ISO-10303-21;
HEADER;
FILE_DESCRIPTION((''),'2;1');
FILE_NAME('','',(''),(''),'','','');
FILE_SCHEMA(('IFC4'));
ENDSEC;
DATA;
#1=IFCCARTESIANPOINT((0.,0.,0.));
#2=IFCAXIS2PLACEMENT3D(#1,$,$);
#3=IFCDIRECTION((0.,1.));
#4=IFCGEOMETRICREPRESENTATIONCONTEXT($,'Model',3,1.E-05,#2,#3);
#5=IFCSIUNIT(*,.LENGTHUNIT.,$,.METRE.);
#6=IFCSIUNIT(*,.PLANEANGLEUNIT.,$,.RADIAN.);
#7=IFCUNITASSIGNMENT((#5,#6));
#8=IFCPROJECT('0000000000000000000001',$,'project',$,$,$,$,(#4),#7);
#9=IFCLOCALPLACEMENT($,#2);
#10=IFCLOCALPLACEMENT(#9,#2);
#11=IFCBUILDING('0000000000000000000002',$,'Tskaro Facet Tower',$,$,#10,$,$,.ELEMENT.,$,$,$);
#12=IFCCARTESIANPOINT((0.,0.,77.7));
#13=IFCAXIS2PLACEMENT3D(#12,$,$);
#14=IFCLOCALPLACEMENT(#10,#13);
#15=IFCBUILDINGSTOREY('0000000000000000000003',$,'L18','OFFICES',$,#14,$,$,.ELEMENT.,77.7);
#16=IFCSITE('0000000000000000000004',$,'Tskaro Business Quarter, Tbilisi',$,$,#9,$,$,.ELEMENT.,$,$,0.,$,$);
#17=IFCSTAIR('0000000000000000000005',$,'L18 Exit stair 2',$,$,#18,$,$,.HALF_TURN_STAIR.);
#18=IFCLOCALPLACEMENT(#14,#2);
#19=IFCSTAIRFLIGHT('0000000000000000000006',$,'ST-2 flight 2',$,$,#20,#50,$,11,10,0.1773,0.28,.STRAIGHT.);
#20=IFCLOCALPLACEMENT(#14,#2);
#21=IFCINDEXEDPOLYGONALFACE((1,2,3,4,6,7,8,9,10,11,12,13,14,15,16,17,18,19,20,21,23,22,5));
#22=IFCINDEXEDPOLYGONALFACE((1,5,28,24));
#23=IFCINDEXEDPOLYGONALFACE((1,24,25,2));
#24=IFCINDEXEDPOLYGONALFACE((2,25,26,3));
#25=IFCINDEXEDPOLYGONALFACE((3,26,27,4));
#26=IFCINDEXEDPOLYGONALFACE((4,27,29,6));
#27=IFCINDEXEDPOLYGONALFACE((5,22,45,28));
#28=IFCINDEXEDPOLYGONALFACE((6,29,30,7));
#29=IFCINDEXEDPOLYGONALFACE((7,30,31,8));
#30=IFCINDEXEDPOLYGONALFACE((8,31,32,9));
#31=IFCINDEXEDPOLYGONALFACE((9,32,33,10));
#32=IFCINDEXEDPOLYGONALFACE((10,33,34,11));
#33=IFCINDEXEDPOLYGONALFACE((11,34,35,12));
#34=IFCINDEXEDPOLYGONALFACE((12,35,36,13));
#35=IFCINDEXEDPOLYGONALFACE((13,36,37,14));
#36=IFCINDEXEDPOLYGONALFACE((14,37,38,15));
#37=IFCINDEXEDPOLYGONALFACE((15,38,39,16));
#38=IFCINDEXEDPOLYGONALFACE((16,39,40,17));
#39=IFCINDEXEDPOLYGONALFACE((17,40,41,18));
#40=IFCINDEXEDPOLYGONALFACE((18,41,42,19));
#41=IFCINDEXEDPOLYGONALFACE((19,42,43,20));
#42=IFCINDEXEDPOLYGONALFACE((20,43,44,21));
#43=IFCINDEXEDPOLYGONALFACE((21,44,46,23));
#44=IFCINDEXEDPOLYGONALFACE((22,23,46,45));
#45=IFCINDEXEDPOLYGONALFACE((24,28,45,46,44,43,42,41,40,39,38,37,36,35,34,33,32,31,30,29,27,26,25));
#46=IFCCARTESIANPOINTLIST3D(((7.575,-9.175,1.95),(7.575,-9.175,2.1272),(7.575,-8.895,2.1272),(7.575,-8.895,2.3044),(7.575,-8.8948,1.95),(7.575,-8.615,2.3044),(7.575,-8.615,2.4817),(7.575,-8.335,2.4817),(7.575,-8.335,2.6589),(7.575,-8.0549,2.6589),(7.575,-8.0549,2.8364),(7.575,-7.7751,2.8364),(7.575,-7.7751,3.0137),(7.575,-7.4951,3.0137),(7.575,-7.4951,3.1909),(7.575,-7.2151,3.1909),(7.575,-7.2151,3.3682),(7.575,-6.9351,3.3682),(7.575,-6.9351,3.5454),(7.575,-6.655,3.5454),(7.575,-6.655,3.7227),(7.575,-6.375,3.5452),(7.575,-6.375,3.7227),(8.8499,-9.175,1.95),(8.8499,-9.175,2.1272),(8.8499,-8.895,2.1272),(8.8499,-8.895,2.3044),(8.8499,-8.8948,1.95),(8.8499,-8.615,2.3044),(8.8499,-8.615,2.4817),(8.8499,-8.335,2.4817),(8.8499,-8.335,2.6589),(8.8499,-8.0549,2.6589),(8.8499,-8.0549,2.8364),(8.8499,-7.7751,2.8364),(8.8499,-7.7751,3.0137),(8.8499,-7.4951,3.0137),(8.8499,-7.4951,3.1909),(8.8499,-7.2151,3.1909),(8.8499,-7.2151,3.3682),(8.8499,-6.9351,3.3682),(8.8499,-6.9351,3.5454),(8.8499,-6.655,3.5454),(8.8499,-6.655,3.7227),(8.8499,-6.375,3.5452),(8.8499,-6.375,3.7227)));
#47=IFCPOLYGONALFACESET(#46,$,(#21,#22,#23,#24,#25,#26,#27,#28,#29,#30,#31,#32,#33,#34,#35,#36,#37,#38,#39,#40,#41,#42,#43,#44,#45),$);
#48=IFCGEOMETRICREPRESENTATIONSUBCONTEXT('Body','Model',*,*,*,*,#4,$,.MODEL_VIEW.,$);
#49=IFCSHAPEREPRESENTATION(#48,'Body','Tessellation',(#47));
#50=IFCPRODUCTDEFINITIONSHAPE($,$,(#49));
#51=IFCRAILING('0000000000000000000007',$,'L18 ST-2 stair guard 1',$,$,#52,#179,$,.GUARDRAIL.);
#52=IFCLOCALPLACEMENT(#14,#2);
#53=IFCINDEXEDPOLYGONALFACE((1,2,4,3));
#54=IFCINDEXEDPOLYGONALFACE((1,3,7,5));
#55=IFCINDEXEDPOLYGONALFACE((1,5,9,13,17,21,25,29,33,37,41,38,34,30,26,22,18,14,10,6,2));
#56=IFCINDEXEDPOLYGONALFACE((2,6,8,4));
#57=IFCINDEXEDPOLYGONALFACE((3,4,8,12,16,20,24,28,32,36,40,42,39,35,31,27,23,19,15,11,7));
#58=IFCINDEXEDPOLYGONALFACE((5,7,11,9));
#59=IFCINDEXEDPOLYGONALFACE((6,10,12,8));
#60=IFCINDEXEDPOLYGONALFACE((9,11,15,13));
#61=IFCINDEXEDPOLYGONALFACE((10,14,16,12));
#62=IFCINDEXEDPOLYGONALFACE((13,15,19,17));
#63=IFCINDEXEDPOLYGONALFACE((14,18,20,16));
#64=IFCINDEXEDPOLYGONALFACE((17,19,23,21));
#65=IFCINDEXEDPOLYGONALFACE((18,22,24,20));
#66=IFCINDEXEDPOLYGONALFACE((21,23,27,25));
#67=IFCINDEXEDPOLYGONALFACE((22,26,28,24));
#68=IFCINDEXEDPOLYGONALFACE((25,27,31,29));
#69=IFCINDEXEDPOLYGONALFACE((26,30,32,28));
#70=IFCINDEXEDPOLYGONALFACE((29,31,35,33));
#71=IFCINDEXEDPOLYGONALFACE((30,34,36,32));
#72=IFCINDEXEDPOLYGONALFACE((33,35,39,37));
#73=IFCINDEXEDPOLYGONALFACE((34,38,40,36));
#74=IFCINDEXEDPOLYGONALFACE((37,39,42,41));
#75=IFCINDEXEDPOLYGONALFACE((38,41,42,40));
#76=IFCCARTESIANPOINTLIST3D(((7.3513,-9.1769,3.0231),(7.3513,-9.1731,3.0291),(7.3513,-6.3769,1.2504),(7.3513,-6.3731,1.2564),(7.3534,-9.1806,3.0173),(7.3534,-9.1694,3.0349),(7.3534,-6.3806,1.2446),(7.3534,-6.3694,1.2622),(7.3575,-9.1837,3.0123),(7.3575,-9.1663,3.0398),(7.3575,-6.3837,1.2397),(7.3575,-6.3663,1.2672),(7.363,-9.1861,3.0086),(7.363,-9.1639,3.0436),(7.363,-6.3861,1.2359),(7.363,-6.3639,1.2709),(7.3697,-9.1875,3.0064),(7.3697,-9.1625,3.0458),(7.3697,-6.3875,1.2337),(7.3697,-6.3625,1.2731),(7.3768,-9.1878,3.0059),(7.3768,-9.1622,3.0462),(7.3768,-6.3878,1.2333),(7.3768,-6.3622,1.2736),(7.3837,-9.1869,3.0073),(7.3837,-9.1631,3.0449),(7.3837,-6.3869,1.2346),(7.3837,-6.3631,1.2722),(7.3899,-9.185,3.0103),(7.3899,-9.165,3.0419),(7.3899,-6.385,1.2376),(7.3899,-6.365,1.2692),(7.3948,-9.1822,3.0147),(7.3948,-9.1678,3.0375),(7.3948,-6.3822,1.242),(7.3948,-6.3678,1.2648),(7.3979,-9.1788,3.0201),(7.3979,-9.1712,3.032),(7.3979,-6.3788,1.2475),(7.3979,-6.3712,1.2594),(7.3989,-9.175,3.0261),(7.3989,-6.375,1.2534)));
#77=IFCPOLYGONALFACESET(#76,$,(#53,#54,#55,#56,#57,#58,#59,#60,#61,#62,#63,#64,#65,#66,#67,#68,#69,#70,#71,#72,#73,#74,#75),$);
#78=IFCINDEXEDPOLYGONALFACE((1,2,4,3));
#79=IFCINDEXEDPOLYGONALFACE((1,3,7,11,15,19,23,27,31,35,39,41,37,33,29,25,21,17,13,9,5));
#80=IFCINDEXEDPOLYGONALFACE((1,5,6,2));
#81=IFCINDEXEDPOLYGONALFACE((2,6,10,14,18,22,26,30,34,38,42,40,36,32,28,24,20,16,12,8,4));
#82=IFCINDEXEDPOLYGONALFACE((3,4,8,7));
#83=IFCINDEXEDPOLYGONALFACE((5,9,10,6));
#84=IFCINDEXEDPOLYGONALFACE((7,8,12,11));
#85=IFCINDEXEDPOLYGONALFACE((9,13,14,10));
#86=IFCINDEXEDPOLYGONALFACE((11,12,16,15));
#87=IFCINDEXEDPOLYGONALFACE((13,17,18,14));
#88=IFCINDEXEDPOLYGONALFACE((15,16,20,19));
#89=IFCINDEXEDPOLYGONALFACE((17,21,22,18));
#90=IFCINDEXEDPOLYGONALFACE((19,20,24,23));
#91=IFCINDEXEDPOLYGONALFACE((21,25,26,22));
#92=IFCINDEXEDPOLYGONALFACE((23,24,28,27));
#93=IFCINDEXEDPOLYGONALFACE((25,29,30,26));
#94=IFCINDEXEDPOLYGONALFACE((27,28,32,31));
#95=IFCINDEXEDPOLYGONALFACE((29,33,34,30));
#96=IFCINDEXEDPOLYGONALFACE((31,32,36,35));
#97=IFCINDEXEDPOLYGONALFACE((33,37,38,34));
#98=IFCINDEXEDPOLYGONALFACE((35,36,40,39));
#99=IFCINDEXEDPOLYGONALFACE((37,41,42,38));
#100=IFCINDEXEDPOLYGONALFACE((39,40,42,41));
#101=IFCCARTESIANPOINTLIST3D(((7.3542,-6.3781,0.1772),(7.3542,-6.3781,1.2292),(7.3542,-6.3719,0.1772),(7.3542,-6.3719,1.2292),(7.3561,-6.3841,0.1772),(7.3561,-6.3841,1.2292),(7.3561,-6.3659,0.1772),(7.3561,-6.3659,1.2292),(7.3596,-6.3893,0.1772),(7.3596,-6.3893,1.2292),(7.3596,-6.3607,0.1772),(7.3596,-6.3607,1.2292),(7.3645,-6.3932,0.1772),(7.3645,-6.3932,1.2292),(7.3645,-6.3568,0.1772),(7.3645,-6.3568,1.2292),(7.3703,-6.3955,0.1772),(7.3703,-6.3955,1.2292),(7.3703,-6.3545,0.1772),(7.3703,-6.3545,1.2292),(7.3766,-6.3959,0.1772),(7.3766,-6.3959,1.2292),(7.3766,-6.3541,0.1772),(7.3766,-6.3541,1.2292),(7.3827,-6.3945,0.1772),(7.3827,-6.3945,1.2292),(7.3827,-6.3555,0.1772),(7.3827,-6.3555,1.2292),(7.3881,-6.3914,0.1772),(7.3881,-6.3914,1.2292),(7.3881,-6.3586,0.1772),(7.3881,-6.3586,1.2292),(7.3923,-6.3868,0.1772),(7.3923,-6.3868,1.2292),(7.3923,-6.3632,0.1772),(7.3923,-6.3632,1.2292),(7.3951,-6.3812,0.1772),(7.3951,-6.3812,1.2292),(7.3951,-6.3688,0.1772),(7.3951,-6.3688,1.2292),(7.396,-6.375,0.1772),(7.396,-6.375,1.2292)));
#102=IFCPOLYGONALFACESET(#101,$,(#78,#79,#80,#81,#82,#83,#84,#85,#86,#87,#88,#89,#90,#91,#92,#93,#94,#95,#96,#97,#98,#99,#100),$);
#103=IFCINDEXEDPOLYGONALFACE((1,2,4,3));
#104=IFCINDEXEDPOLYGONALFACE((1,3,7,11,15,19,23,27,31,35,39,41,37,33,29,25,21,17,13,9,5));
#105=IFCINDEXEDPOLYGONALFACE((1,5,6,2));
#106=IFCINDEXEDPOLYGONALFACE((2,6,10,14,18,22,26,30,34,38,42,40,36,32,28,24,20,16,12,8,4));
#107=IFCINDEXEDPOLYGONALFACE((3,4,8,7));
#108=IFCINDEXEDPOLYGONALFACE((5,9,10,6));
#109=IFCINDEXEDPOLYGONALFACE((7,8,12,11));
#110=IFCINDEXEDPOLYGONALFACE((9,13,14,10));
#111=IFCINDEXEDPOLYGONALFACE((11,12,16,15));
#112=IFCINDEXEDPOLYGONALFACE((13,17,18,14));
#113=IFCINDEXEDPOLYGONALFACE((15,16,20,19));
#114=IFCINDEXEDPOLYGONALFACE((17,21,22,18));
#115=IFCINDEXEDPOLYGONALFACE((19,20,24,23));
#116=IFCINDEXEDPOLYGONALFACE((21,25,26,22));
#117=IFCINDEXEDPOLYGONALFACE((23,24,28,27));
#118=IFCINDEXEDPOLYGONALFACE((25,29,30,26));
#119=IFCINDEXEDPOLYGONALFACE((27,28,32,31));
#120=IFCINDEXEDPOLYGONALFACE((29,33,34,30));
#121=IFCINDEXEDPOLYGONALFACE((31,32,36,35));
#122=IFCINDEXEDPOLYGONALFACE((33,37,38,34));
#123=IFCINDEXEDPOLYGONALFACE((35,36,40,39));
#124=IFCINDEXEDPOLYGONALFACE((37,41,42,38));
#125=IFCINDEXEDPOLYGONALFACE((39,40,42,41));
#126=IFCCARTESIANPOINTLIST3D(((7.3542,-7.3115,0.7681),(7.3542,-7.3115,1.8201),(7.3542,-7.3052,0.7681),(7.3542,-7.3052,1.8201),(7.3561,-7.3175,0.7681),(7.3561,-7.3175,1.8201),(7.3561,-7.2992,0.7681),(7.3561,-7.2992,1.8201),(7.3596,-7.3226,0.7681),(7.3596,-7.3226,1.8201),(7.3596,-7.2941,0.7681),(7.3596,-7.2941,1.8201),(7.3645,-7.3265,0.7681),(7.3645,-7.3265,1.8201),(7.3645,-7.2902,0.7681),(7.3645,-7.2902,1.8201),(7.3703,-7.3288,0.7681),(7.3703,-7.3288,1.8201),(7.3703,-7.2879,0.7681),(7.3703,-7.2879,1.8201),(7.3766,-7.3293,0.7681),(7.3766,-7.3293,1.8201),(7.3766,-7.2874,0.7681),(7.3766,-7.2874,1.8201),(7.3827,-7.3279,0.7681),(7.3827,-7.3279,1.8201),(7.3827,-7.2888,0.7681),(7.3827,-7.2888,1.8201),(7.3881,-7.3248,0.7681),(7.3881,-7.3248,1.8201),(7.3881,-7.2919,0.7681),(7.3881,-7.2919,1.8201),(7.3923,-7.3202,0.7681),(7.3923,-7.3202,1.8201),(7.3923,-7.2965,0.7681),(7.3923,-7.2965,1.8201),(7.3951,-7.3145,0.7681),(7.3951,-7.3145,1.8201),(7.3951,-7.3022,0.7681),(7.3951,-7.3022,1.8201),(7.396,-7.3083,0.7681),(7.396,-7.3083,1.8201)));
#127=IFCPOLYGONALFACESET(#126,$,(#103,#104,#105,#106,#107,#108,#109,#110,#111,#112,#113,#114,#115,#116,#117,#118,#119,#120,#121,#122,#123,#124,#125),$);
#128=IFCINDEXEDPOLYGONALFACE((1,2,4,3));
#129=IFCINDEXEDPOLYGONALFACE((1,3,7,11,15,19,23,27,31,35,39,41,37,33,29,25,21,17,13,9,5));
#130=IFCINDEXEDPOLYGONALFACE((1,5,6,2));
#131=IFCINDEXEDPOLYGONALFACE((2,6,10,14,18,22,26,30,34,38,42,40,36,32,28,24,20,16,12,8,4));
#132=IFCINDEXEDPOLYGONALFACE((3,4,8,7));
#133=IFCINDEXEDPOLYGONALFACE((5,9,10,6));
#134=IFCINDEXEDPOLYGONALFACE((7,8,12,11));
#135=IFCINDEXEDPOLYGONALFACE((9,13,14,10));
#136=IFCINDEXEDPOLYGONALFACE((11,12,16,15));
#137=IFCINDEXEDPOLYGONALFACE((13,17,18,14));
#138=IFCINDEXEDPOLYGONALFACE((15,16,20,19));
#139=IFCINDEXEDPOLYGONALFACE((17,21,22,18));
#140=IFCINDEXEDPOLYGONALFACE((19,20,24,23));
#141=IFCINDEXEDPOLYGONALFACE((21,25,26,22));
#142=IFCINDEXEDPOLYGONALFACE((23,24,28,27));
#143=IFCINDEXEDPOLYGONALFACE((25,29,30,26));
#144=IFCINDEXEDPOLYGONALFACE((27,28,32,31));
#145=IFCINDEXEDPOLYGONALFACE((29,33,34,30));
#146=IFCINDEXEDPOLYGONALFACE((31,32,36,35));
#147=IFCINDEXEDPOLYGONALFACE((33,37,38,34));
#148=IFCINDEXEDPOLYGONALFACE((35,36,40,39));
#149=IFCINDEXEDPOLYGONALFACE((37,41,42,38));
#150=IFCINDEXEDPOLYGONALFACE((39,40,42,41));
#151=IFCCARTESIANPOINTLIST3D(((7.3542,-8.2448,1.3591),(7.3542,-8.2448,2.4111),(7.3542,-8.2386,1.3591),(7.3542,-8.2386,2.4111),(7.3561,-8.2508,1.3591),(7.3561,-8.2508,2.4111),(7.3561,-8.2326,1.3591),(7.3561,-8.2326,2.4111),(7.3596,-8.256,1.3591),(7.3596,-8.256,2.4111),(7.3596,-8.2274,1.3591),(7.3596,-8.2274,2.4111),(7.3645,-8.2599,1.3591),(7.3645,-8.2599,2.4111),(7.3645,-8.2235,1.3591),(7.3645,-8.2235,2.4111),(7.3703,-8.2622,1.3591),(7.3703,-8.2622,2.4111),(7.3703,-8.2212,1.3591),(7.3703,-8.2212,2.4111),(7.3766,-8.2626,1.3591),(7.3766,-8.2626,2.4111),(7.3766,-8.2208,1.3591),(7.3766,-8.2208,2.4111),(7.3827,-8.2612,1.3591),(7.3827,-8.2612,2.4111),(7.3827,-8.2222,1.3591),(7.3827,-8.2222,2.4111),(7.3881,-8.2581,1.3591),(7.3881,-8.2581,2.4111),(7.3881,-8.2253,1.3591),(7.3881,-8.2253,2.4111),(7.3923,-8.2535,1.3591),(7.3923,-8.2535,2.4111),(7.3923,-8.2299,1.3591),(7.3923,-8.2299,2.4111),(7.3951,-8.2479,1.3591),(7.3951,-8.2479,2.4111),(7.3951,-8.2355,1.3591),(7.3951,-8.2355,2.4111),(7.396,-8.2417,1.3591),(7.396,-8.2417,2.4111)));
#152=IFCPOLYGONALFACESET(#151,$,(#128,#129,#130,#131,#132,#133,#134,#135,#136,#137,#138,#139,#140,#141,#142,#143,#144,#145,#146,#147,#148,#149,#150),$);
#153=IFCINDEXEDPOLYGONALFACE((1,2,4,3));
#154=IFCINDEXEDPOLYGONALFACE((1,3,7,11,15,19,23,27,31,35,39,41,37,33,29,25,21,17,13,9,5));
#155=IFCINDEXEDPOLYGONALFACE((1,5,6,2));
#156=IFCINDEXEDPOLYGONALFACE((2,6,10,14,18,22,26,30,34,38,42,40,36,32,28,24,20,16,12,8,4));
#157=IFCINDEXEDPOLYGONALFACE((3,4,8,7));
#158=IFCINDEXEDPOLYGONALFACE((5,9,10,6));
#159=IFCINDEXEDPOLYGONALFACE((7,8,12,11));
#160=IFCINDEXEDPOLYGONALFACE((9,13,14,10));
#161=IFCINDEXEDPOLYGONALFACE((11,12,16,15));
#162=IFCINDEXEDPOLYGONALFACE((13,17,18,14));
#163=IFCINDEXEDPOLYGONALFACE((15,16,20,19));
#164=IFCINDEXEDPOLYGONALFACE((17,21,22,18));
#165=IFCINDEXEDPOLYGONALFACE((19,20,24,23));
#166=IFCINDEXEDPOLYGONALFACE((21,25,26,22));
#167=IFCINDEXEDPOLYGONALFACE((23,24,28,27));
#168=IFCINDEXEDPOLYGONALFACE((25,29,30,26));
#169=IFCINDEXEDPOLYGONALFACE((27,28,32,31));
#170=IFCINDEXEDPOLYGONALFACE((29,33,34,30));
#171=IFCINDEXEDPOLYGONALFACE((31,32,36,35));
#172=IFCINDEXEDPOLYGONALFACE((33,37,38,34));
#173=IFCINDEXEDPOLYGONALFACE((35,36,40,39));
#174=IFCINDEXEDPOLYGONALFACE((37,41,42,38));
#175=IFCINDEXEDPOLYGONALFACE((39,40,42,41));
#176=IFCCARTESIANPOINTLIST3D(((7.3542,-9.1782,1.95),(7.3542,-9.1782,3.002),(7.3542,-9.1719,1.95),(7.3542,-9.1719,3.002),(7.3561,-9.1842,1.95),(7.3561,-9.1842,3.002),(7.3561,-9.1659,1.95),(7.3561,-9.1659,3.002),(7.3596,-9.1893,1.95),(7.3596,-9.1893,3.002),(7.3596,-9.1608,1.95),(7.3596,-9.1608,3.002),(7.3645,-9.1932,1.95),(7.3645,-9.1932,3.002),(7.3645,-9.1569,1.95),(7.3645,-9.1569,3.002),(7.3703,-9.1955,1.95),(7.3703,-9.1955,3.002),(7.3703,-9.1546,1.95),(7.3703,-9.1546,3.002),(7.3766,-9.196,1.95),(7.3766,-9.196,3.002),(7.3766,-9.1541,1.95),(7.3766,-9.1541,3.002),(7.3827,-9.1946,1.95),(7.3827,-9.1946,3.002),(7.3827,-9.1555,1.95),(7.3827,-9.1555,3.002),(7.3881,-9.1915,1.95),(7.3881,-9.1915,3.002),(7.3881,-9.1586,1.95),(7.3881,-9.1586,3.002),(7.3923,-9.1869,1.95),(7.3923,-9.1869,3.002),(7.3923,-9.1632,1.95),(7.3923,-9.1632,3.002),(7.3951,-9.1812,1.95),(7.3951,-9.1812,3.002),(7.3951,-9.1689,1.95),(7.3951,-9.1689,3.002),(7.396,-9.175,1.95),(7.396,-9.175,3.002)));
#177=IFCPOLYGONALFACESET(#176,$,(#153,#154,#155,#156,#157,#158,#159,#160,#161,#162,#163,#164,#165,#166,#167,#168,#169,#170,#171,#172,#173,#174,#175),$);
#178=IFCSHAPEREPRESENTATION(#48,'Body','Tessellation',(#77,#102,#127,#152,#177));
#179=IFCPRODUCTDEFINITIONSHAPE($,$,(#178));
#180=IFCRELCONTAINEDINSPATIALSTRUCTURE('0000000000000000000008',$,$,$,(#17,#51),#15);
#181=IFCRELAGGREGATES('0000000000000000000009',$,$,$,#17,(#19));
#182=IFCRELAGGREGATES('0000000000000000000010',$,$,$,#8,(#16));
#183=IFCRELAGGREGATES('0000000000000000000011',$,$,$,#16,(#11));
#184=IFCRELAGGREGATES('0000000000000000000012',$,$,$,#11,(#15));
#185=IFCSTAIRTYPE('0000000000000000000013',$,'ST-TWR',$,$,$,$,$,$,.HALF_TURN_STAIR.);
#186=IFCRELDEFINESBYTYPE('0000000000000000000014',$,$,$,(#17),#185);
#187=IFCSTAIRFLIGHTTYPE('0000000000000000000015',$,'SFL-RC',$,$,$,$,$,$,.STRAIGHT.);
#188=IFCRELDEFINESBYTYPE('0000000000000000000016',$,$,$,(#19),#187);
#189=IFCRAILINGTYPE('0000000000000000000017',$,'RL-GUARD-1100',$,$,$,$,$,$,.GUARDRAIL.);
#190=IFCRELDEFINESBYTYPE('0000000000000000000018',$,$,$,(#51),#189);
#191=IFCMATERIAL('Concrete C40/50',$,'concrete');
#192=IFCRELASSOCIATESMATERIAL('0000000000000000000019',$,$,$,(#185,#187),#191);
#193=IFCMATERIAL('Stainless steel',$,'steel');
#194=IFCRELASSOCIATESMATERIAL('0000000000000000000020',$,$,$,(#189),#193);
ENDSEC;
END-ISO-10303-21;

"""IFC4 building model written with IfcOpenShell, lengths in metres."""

from ifc_helpers import new_model, si_unit, direction, frame, origin, origin_2d, place, context, subcontext, project, spatial, polyline, circle, outline, extrude, material, type_object, element, aggregate, save


model = new_model("IFC4")

# Units and contexts
model_context = context("Model", 3, precision=1e-05, world=origin(), true_north=direction((0.0, 1.0)))
body_context = subcontext(model_context, "Body", "Model", "MODEL_VIEW")
ifc_project = project(units=[si_unit("LENGTHUNIT", "METRE"), si_unit("PLANEANGLEUNIT", "RADIAN")], contexts=[model_context])

# Site, building, storey
site_placement = place(None, origin())
site = spatial("IfcSite", under=ifc_project, at=site_placement, Name="Tskaro Business Quarter, Tbilisi", CompositionType="ELEMENT", RefElevation=0.0)
building_placement = place(site_placement, origin())
building = spatial("IfcBuilding", under=site, at=building_placement, Name="Tskaro Facet Tower", CompositionType="ELEMENT")
storey_placement = place(building_placement, frame((0.0, 0.0, 77.7)))
storey = spatial("IfcBuildingStorey", under=building, at=storey_placement, Name="L18", Description="OFFICES", CompositionType="ELEMENT", Elevation=77.7)

# Shared definitions
ifc_material_1 = material(Name="Concrete C40/50", Category="concrete")

# Stair, stair flight
stair_type = type_object("IfcStairType", Name="ST-TWR", PredefinedType="HALF_TURN_STAIR", material=ifc_material_1)
stair_placement = place(storey_placement, origin())
stair = element("IfcStair", 1, at=stair_placement, inside=storey, type_object=stair_type, Name="L18 Exit stair 2", PredefinedType="HALF_TURN_STAIR")
stair_flight_type = type_object("IfcStairFlightType", Name="SFL-RC", PredefinedType="STRAIGHT", material=ifc_material_1)
stair_flight_1_placement = place(storey_placement, frame((8.2124, -9.175, 1.95), z_axis=(0.0, 0.0, 1.0), x_axis=(0.0, 1.0, 0.0)))
stair_flight_1 = element("IfcStairFlight", 2, at=stair_flight_1_placement, type_object=stair_flight_type, Name="ST-2 flight 2", NumberOfRisers=11, NumberOfTreads=10, PredefinedType="STRAIGHT", RiserHeight=0.1773, TreadLength=0.28, context=body_context, shape_type="SweptSolid", body=[
    extrude(outline(polyline([(0.0, 0.0), (0.0, 0.1772), (0.28, 0.1772), (0.28, 0.3545), (0.5601, 0.3545), (0.5601, 0.5317), (0.8401, 0.5317), (0.8401, 0.709), (1.1201, 0.709), (1.1201, 0.8865), (1.3999, 0.8865), (1.3999, 1.0637), (1.6799, 1.0637), (1.6799, 1.241), (1.96, 1.241), (1.96, 1.4182), (2.24, 1.4182), (2.24, 1.5955), (2.52, 1.5955), (2.52, 1.7727), (2.8, 1.7727), (2.8, 1.95), (2.8, 1.5952), (0.2803, 0.0), (0.0, 0.0)])), frame((0.0, 0.6375, 0.0), z_axis=(0.0, -1.0, 0.0), x_axis=(1.0, 0.0, 0.0)), (0.0, 0.0, 1.0), 1.2749),
])
aggregate(stair, [stair_flight_1])

# Railing
ifc_material_2 = material(Name="Stainless steel", Category="steel")
railing_type_1 = type_object("IfcRailingType", Name="RL-GUARD-1100", PredefinedType="GUARDRAIL", material=ifc_material_2)
railing_1_placement = place(storey_placement, frame((7.375, -6.375, 0.1772)))
element("IfcRailing", 3, at=railing_1_placement, inside=storey, type_object=railing_type_1, Name="L18 ST-2 stair guard 1", PredefinedType="GUARDRAIL", context=body_context, shape_type="SweptSolid", body=[
    extrude(circle(Radius=0.0239, at=origin_2d()), frame((0.0, 0.0, 1.0762), z_axis=(0.0, -0.844909, 0.53491), x_axis=(1.0, 0.0, 0.0)), (0.0, 0.0, 1.0), 3.314),
    extrude(circle(Radius=0.021, at=origin_2d()), origin(), (0.0, 0.0, 1.0), 1.052),
    extrude(circle(Radius=0.021, at=origin_2d()), frame((0.0, -0.9333, 0.5908)), (0.0, 0.0, 1.0), 1.052),
    extrude(circle(Radius=0.021, at=origin_2d()), frame((0.0, -1.8667, 1.1819)), (0.0, 0.0, 1.0), 1.052),
    extrude(circle(Radius=0.021, at=origin_2d()), frame((0.0, -2.8, 1.7727)), (0.0, 0.0, 1.0), 1.052),
])

save(model, "model.ifc")
